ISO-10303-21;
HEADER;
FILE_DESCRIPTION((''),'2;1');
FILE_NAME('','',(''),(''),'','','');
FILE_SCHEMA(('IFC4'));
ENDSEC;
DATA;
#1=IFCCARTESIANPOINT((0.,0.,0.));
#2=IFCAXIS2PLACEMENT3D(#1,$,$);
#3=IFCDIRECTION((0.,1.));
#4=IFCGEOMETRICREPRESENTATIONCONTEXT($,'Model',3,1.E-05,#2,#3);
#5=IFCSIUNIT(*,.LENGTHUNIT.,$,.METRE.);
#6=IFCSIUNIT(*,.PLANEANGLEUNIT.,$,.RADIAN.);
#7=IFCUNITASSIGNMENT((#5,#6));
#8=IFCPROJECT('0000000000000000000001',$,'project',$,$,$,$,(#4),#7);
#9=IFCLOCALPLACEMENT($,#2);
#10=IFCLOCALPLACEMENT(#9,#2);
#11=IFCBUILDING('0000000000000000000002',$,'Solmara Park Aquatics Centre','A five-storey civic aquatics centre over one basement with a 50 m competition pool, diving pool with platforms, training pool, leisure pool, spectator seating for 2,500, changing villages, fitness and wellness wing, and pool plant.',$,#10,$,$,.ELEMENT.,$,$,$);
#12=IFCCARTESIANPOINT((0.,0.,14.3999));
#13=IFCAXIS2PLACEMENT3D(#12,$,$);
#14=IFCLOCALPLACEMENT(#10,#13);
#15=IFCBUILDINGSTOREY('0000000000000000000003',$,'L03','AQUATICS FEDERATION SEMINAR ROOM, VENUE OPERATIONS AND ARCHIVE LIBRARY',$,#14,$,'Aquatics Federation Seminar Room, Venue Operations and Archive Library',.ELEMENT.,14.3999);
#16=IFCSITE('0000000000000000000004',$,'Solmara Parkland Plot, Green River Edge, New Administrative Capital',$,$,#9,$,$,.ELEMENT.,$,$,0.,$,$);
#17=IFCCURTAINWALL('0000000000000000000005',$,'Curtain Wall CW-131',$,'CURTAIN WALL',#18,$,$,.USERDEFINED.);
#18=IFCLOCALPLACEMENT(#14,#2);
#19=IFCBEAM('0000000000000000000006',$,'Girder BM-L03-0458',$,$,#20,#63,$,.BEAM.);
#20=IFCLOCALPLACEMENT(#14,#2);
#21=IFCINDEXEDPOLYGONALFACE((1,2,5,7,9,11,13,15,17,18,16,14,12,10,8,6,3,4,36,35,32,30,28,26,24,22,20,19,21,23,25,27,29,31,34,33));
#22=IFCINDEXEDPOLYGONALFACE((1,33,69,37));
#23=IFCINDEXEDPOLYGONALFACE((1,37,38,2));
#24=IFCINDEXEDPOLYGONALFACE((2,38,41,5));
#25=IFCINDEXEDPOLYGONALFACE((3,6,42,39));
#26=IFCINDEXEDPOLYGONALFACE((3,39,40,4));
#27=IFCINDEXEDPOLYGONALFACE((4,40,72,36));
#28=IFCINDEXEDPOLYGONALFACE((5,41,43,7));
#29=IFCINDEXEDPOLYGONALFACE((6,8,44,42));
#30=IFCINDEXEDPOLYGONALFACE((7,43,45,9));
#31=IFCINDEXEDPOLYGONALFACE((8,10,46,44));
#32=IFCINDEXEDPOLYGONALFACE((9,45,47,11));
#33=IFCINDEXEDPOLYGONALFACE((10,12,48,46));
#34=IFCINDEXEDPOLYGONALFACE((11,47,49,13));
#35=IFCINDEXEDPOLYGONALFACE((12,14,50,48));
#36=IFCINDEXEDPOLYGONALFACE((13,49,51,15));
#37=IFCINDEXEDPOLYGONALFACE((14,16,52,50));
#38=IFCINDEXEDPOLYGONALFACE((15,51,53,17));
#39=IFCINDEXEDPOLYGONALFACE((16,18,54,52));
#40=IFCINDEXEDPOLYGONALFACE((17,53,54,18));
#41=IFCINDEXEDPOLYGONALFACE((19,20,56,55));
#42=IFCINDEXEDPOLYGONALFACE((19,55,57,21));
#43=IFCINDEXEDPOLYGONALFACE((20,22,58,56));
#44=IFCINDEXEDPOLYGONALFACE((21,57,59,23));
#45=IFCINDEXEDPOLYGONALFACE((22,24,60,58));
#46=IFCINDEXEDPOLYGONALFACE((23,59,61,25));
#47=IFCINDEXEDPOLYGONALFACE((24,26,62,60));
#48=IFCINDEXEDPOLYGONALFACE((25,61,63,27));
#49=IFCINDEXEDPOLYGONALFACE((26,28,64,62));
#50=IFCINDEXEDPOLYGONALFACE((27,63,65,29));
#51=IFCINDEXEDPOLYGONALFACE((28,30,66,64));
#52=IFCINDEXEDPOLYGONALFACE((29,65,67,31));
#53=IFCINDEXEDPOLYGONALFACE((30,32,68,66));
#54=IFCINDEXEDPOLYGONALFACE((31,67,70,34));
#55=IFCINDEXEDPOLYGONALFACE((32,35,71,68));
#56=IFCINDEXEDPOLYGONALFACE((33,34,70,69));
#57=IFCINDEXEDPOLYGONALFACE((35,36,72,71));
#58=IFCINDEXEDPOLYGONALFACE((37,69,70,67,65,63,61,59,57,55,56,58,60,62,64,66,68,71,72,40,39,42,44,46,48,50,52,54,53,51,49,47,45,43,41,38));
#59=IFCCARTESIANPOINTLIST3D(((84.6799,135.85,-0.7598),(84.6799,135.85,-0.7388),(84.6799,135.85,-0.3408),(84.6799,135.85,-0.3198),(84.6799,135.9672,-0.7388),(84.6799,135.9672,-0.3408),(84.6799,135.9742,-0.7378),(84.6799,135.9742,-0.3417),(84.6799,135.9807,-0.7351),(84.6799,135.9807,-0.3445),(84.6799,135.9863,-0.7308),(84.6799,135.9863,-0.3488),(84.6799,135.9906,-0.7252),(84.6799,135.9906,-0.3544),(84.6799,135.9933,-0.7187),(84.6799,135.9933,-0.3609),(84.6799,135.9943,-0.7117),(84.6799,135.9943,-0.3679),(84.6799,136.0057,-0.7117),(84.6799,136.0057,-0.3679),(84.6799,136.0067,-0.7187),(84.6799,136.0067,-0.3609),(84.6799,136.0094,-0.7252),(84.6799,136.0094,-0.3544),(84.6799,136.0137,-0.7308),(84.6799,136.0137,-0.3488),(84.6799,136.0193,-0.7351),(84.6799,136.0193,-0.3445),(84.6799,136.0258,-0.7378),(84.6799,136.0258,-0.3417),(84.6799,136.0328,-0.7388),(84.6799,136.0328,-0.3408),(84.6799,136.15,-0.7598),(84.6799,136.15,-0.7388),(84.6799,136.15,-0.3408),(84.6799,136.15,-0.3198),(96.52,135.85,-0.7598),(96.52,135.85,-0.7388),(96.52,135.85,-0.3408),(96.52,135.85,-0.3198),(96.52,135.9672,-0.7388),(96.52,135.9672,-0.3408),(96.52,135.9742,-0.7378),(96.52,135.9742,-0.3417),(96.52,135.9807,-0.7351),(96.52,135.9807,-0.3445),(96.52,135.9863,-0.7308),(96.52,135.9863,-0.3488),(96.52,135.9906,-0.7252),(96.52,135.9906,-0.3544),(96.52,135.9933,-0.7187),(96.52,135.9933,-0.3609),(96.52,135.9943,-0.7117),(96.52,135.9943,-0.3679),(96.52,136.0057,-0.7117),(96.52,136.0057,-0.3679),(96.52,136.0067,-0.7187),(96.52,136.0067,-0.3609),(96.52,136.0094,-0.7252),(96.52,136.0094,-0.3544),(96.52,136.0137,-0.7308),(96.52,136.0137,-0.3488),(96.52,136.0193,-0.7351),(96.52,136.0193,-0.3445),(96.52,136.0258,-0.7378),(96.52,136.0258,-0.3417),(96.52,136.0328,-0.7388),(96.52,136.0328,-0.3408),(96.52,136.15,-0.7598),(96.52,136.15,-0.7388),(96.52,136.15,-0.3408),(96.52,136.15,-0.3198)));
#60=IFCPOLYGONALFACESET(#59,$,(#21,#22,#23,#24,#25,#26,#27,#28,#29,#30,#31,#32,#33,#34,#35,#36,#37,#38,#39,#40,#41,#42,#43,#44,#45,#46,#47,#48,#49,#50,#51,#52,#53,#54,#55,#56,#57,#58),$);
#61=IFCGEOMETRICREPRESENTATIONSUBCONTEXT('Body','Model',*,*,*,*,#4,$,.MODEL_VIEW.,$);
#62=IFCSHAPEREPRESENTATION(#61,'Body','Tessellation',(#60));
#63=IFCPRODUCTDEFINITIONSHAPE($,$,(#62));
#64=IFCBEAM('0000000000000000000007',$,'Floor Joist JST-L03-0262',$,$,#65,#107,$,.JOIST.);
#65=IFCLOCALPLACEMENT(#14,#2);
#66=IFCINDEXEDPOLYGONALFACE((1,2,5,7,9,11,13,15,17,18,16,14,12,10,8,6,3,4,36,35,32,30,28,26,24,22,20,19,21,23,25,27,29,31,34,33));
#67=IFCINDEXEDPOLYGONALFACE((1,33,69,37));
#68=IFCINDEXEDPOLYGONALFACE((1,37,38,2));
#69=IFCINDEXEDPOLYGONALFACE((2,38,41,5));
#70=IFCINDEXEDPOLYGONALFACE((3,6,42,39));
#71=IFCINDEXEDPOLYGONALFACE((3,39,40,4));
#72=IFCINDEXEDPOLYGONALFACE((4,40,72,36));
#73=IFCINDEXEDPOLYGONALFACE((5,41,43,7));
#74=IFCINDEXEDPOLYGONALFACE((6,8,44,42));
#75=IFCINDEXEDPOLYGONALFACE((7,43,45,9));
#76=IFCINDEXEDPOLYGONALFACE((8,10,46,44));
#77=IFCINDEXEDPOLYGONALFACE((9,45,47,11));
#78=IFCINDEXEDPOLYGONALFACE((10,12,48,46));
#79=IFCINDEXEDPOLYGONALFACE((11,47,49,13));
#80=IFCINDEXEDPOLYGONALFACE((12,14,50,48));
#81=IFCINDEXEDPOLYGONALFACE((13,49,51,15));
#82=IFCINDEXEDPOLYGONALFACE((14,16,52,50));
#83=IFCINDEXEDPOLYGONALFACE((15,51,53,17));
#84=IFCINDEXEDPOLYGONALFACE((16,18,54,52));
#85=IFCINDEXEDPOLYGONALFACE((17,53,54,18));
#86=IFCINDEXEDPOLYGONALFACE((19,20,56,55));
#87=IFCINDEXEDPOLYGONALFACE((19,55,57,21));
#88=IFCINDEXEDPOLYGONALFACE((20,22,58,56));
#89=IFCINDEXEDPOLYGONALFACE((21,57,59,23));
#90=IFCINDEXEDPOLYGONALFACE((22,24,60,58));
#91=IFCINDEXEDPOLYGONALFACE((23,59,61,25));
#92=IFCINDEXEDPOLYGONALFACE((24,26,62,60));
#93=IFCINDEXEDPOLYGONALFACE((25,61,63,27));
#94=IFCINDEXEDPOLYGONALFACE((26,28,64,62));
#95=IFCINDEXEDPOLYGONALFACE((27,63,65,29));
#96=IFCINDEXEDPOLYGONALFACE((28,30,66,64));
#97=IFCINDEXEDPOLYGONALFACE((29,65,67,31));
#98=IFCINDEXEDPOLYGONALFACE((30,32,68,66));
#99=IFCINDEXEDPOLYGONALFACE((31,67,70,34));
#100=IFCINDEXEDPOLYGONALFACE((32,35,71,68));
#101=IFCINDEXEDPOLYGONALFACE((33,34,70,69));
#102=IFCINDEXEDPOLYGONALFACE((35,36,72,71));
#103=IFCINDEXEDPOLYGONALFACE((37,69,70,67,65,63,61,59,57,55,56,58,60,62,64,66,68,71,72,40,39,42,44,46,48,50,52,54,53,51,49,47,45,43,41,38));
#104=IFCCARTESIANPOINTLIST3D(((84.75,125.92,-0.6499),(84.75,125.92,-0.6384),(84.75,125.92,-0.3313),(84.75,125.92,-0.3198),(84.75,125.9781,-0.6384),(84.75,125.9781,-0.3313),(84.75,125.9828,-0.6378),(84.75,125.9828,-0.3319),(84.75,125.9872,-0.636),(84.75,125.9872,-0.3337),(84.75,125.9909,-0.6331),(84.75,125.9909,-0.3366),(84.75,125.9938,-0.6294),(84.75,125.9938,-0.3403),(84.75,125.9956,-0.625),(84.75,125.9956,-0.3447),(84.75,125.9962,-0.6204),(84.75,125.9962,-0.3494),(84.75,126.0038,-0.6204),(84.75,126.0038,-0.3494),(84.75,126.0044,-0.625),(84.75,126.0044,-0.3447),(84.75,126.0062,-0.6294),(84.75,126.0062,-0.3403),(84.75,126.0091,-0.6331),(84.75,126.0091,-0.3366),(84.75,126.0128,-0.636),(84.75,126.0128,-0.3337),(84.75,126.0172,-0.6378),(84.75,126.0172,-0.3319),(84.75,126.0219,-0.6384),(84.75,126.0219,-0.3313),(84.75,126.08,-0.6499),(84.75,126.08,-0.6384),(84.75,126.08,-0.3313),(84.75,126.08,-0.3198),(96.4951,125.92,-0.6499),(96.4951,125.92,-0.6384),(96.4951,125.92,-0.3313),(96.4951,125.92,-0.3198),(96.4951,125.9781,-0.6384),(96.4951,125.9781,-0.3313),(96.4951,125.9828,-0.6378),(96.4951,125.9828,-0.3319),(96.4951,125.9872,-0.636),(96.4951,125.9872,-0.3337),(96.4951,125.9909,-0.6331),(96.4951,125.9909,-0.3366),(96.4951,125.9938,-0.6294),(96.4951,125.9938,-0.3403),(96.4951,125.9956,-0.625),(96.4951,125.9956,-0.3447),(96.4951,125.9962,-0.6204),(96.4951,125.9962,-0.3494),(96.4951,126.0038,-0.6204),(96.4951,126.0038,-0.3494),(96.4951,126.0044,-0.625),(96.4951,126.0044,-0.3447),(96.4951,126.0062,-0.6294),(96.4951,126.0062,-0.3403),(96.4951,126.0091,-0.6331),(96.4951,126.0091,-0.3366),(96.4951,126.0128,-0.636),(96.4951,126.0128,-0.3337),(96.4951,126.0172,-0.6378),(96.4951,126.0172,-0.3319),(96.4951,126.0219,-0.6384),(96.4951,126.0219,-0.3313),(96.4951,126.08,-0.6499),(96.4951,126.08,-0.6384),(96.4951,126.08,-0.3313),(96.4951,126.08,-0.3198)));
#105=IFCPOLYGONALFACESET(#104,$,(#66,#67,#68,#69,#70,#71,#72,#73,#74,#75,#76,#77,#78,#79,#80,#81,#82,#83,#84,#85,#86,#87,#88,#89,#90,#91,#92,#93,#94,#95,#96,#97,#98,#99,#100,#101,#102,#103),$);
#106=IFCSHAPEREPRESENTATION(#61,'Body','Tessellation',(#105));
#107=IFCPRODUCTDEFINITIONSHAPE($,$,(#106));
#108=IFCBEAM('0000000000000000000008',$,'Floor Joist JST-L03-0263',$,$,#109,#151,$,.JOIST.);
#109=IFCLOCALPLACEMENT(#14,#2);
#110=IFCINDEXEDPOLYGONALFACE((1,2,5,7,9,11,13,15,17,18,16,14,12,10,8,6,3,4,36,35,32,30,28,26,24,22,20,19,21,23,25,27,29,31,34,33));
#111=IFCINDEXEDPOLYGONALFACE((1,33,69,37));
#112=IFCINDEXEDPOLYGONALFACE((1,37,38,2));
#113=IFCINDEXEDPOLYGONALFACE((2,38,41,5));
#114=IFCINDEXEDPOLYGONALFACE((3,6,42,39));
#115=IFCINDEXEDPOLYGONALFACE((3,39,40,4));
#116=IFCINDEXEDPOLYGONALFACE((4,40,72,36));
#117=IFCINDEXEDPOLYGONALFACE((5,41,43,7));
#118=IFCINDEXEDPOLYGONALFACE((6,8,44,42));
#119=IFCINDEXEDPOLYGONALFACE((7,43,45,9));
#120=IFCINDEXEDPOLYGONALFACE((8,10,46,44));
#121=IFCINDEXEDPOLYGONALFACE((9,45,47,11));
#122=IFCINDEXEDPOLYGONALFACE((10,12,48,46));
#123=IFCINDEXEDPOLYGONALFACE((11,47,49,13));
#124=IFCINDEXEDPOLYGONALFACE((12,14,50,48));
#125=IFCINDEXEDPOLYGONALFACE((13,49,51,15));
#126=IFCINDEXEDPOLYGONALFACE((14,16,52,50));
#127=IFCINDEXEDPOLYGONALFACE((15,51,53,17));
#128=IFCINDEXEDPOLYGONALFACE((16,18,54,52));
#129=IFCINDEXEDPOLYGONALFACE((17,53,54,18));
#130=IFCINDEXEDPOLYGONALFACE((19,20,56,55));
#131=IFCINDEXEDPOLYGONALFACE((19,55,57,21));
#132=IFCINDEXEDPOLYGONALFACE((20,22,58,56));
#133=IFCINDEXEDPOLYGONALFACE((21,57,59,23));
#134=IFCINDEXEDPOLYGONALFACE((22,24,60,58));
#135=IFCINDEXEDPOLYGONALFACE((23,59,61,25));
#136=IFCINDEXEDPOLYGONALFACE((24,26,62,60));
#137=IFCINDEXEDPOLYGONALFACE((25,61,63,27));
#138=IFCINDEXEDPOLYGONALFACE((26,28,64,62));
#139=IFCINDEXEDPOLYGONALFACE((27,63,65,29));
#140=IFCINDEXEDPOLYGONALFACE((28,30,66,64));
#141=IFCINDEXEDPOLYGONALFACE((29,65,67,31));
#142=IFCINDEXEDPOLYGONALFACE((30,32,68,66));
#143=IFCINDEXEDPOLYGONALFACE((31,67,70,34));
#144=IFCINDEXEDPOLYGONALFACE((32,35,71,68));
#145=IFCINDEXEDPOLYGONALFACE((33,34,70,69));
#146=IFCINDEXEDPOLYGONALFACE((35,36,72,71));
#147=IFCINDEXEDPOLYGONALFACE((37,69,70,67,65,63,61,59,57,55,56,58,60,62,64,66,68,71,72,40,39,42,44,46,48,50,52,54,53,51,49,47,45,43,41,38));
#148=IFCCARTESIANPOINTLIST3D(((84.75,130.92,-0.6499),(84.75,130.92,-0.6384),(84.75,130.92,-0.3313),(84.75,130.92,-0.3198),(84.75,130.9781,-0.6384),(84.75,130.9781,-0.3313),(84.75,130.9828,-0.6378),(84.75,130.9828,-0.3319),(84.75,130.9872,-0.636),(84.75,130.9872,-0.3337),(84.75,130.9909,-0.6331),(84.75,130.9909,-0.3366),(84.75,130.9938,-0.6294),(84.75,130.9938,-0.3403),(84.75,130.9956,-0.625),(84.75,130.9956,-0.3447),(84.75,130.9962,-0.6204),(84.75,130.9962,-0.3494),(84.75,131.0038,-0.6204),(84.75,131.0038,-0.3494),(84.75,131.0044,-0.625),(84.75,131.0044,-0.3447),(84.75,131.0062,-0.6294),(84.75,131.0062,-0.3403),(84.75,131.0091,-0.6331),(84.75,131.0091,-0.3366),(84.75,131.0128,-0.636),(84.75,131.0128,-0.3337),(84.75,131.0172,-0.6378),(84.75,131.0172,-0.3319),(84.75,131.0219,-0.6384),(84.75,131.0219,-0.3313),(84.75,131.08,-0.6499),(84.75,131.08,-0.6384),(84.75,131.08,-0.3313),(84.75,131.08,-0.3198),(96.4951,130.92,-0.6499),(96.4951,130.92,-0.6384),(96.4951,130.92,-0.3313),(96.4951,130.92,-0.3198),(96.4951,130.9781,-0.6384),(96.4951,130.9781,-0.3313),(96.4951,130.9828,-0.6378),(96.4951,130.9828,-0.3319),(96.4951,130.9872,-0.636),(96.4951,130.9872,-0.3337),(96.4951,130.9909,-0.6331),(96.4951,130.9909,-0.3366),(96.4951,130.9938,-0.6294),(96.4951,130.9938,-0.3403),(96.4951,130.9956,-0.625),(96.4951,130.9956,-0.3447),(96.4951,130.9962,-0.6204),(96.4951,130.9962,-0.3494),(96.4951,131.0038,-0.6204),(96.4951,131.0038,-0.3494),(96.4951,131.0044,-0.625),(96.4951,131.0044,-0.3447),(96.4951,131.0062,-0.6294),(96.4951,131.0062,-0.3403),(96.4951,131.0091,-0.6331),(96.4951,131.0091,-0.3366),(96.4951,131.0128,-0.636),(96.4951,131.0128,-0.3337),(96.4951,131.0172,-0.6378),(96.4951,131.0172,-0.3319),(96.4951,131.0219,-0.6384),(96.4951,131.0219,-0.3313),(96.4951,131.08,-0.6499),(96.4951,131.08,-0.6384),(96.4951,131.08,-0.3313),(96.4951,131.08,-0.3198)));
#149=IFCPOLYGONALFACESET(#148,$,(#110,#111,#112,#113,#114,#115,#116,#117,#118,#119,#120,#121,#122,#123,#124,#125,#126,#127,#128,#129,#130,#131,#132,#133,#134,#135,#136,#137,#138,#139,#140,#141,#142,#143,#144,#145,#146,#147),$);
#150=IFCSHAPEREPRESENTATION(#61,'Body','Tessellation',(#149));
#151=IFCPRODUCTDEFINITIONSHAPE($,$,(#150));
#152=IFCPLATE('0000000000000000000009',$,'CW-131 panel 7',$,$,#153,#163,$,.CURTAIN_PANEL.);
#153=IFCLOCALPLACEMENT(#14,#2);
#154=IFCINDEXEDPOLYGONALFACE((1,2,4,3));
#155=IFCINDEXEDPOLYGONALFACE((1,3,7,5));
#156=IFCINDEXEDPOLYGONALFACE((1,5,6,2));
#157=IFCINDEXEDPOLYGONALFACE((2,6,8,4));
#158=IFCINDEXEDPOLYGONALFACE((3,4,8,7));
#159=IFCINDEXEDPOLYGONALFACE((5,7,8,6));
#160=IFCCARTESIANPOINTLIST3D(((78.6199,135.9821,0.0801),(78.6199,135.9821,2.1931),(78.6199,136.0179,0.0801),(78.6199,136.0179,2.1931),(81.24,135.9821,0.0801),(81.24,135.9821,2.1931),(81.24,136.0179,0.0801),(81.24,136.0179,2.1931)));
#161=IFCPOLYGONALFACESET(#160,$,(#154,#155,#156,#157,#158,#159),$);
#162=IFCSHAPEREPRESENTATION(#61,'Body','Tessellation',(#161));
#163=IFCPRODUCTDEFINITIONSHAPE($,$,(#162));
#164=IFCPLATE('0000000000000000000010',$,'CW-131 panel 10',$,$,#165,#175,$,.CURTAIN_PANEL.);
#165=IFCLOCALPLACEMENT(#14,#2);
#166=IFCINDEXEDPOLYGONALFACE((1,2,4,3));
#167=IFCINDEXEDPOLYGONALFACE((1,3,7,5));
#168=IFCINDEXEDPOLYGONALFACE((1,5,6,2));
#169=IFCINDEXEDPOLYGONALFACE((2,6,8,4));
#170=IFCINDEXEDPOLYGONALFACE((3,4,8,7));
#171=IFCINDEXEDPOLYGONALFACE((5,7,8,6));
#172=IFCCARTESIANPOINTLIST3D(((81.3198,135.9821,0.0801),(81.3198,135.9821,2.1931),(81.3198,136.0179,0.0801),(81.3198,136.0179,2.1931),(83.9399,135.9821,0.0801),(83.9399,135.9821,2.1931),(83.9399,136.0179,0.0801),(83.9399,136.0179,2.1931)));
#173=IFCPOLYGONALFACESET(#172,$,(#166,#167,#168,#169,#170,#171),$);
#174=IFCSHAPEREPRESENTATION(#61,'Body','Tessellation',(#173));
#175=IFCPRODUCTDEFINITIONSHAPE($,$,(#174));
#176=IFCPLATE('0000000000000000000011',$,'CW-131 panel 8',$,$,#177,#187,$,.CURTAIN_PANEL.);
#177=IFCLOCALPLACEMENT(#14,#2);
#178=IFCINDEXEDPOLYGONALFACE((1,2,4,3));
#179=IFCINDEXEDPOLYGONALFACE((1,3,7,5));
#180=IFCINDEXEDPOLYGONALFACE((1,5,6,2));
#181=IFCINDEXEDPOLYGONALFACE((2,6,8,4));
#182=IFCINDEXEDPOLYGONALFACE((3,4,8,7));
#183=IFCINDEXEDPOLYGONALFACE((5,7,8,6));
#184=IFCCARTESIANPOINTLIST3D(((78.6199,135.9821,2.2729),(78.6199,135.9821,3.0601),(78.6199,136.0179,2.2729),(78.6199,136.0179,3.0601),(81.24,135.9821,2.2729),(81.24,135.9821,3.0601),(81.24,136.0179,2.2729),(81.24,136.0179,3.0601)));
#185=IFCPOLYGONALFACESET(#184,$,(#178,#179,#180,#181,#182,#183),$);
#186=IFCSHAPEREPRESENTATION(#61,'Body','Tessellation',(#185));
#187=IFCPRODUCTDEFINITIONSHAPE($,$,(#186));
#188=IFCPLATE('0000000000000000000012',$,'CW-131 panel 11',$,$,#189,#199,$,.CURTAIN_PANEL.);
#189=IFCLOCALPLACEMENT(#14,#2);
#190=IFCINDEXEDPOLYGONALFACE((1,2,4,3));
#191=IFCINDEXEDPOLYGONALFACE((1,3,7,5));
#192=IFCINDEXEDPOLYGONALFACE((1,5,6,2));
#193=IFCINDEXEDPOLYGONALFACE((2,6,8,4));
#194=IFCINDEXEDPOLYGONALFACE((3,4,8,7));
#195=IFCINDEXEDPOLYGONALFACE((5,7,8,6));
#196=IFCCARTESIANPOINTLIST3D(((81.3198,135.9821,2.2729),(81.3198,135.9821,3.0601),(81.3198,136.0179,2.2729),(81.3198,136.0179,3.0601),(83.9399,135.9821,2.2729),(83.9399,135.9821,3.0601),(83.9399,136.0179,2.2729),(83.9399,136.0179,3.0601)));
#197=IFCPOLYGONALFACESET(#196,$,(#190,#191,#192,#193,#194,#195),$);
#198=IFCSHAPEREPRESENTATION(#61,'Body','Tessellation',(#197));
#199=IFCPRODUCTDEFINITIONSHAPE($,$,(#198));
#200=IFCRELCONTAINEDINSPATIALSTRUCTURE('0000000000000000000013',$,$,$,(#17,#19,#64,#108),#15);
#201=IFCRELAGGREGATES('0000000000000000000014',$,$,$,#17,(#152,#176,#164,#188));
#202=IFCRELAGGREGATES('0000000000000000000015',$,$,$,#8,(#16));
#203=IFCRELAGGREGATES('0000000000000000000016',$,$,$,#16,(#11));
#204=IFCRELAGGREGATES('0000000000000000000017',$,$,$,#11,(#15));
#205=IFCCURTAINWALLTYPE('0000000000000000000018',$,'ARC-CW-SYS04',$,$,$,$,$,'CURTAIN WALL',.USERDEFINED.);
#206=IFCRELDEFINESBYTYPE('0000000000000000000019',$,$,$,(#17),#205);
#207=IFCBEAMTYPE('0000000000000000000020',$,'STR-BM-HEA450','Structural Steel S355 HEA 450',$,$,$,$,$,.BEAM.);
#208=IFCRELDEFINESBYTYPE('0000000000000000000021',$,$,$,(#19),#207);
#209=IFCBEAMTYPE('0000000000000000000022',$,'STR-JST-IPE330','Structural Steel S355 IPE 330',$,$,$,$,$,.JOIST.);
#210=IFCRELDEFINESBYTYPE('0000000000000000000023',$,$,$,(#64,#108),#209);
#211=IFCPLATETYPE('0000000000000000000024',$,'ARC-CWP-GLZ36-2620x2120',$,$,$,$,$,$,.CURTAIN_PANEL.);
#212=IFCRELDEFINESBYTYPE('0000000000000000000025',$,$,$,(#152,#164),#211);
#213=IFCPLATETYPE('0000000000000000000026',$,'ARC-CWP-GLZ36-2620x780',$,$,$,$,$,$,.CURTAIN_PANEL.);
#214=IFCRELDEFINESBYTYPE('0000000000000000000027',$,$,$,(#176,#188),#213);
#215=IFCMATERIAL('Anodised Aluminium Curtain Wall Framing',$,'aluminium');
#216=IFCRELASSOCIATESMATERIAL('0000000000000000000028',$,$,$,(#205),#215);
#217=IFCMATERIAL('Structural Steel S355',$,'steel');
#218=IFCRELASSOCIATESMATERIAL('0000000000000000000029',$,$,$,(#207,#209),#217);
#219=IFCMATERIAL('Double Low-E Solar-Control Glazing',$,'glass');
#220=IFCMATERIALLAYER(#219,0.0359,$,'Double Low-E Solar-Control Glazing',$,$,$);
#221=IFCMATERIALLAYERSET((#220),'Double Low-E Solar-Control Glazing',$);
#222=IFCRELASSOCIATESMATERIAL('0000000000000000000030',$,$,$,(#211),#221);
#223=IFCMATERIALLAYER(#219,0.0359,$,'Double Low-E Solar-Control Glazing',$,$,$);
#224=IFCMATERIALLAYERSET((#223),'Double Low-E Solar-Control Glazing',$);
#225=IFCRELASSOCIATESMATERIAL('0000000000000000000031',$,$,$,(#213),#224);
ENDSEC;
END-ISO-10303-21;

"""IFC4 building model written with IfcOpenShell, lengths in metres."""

from ifc_helpers import new_model, si_unit, direction, frame, origin, origin_2d, place, context, subcontext, project, spatial, rectangle, i_section, extrude, material, layer, layer_set, material_profile, profile_set, type_object, element, aggregate, save


model = new_model("IFC4")

# Units and contexts
model_context = context("Model", 3, precision=1e-05, world=origin(), true_north=direction((0.0, 1.0)))
body_context = subcontext(model_context, "Body", "Model", "MODEL_VIEW")
ifc_project = project(units=[si_unit("LENGTHUNIT", "METRE"), si_unit("PLANEANGLEUNIT", "RADIAN")], contexts=[model_context])

# Site, building, storey
site_placement = place(None, origin())
site = spatial("IfcSite", under=ifc_project, at=site_placement, Name="Solmara Parkland Plot, Green River Edge, New Administrative Capital", CompositionType="ELEMENT", RefElevation=0.0)
building_placement = place(site_placement, origin())
building = spatial("IfcBuilding", under=site, at=building_placement, Name="Solmara Park Aquatics Centre", Description="A five-storey civic aquatics centre over one basement with a 50 m competition pool, diving pool with platforms, training pool, leisure pool, spectator seating for 2,500, changing villages, fitness and wellness wing, and pool plant.", CompositionType="ELEMENT")
storey_placement = place(building_placement, frame((0.0, 0.0, 14.3999)))
storey = spatial("IfcBuildingStorey", under=building, at=storey_placement, Name="L03", Description="AQUATICS FEDERATION SEMINAR ROOM, VENUE OPERATIONS AND ARCHIVE LIBRARY", LongName="Aquatics Federation Seminar Room, Venue Operations and Archive Library", CompositionType="ELEMENT", Elevation=14.3999)

# Curtain wall
ifc_material_1 = material(Name="Anodised Aluminium Curtain Wall Framing", Category="aluminium")
curtain_wall_type = type_object("IfcCurtainWallType", Name="ARC-CW-SYS04", ElementType="CURTAIN WALL", PredefinedType="USERDEFINED", material=ifc_material_1)
curtain_wall_placement = place(storey_placement, origin())
curtain_wall = element("IfcCurtainWall", 1, at=curtain_wall_placement, inside=storey, type_object=curtain_wall_type, Name="Curtain Wall CW-131", ObjectType="CURTAIN WALL", PredefinedType="USERDEFINED")

# Beams
ifc_material_2 = material(Name="Structural Steel S355", Category="steel")
ifc_material_profile_1 = material_profile(ifc_material_2, i_section(OverallWidth=0.3, OverallDepth=0.4399, WebThickness=0.0115, FlangeThickness=0.021, FilletRadius=0.0271, at=origin_2d()), Name="HEA 450")
ifc_profile_set_1 = profile_set([ifc_material_profile_1], Name="Structural Steel S355")
beam_type_1 = type_object("IfcBeamType", Name="STR-BM-HEA450", Description="Structural Steel S355 HEA 450", PredefinedType="BEAM", material=ifc_profile_set_1)
beam_1_placement = place(storey_placement, frame((84.6799, 136.0, -0.5398), z_axis=(1.0, 0.0, 0.0), x_axis=(0.0, 1.0, 0.0)))
element("IfcBeam", 2, at=beam_1_placement, inside=storey, type_object=beam_type_1, Name="Girder BM-L03-0458", PredefinedType="BEAM", context=body_context, shape_type="SweptSolid", body=[
    extrude(i_section(OverallWidth=0.3, OverallDepth=0.4399, WebThickness=0.0115, FlangeThickness=0.021, FilletRadius=0.0271, at=origin_2d()), origin(), (0.0, 0.0, 1.0), 11.8401),
])
ifc_material_profile_2 = material_profile(ifc_material_2, i_section(OverallWidth=0.1599, OverallDepth=0.3301, WebThickness=0.0076, FlangeThickness=0.0115, FilletRadius=0.0181, at=origin_2d()), Name="IPE 330")
ifc_profile_set_2 = profile_set([ifc_material_profile_2], Name="Structural Steel S355")
beam_type_2 = type_object("IfcBeamType", Name="STR-JST-IPE330", Description="Structural Steel S355 IPE 330", PredefinedType="JOIST", material=ifc_profile_set_2)
for number, where, z_axis, x_axis, name in (
    (3, (84.75, 126.0, -0.4849), (1.0, 0.0, 0.0), (0.0, 1.0, 0.0), "Floor Joist JST-L03-0262"),
    (4, (84.75, 131.0, -0.4849), (1.0, 0.0, 0.0), (0.0, 1.0, 0.0), "Floor Joist JST-L03-0263"),
):
    element("IfcBeam", number, at=place(storey_placement, frame(where, z_axis=z_axis, x_axis=x_axis)), inside=storey, type_object=beam_type_2, Name=name, PredefinedType="JOIST", context=body_context, shape_type="SweptSolid", body=[
        extrude(i_section(OverallWidth=0.1599, OverallDepth=0.3301, WebThickness=0.0076, FlangeThickness=0.0115, FilletRadius=0.0181, at=origin_2d()), origin(), (0.0, 0.0, 1.0), 11.7451),
    ])

# Plates
ifc_material_3 = material(Name="Double Low-E Solar-Control Glazing", Category="glass")
ifc_layer_1 = layer(ifc_material_3, 0.0359, Name="Double Low-E Solar-Control Glazing")
ifc_layer_set_1 = layer_set([ifc_layer_1], Name="Double Low-E Solar-Control Glazing")
plate_type_1 = type_object("IfcPlateType", Name="ARC-CWP-GLZ36-2620x2120", PredefinedType="CURTAIN_PANEL", material=ifc_layer_set_1)
plate_1_placement = place(storey_placement, frame((79.9299, 136.0, 0.0801), z_axis=(0.0, 0.0, 1.0), x_axis=(1.0, 0.0, 0.0)))
plate_1 = element("IfcPlate", 5, at=plate_1_placement, type_object=plate_type_1, Name="CW-131 panel 7", PredefinedType="CURTAIN_PANEL", context=body_context, shape_type="SweptSolid", body=[
    extrude(rectangle(XDim=2.6201, YDim=0.0359, at=origin_2d()), origin(), (0.0, 0.0, 1.0), 2.113),
])
plate_2_placement = place(storey_placement, frame((82.6299, 136.0, 0.0801), z_axis=(0.0, 0.0, 1.0), x_axis=(1.0, 0.0, 0.0)))
plate_2 = element("IfcPlate", 6, at=plate_2_placement, type_object=plate_type_1, Name="CW-131 panel 10", PredefinedType="CURTAIN_PANEL", context=body_context, shape_type="SweptSolid", body=[
    extrude(rectangle(XDim=2.6201, YDim=0.0359, at=origin_2d()), origin(), (0.0, 0.0, 1.0), 2.113),
])
ifc_layer_2 = layer(ifc_material_3, 0.0359, Name="Double Low-E Solar-Control Glazing")
ifc_layer_set_2 = layer_set([ifc_layer_2], Name="Double Low-E Solar-Control Glazing")
plate_type_2 = type_object("IfcPlateType", Name="ARC-CWP-GLZ36-2620x780", PredefinedType="CURTAIN_PANEL", material=ifc_layer_set_2)
plate_3_placement = place(storey_placement, frame((79.9299, 136.0, 2.2729), z_axis=(0.0, 0.0, 1.0), x_axis=(1.0, 0.0, 0.0)))
plate_3 = element("IfcPlate", 7, at=plate_3_placement, type_object=plate_type_2, Name="CW-131 panel 8", PredefinedType="CURTAIN_PANEL", context=body_context, shape_type="SweptSolid", body=[
    extrude(rectangle(XDim=2.6201, YDim=0.0359, at=origin_2d()), origin(), (0.0, 0.0, 1.0), 0.7871),
])
plate_4_placement = place(storey_placement, frame((82.6299, 136.0, 2.2729), z_axis=(0.0, 0.0, 1.0), x_axis=(1.0, 0.0, 0.0)))
plate_4 = element("IfcPlate", 8, at=plate_4_placement, type_object=plate_type_2, Name="CW-131 panel 11", PredefinedType="CURTAIN_PANEL", context=body_context, shape_type="SweptSolid", body=[
    extrude(rectangle(XDim=2.6201, YDim=0.0359, at=origin_2d()), origin(), (0.0, 0.0, 1.0), 0.7871),
])
aggregate(curtain_wall, [plate_1, plate_3, plate_2, plate_4])

save(model, "model.ifc")
